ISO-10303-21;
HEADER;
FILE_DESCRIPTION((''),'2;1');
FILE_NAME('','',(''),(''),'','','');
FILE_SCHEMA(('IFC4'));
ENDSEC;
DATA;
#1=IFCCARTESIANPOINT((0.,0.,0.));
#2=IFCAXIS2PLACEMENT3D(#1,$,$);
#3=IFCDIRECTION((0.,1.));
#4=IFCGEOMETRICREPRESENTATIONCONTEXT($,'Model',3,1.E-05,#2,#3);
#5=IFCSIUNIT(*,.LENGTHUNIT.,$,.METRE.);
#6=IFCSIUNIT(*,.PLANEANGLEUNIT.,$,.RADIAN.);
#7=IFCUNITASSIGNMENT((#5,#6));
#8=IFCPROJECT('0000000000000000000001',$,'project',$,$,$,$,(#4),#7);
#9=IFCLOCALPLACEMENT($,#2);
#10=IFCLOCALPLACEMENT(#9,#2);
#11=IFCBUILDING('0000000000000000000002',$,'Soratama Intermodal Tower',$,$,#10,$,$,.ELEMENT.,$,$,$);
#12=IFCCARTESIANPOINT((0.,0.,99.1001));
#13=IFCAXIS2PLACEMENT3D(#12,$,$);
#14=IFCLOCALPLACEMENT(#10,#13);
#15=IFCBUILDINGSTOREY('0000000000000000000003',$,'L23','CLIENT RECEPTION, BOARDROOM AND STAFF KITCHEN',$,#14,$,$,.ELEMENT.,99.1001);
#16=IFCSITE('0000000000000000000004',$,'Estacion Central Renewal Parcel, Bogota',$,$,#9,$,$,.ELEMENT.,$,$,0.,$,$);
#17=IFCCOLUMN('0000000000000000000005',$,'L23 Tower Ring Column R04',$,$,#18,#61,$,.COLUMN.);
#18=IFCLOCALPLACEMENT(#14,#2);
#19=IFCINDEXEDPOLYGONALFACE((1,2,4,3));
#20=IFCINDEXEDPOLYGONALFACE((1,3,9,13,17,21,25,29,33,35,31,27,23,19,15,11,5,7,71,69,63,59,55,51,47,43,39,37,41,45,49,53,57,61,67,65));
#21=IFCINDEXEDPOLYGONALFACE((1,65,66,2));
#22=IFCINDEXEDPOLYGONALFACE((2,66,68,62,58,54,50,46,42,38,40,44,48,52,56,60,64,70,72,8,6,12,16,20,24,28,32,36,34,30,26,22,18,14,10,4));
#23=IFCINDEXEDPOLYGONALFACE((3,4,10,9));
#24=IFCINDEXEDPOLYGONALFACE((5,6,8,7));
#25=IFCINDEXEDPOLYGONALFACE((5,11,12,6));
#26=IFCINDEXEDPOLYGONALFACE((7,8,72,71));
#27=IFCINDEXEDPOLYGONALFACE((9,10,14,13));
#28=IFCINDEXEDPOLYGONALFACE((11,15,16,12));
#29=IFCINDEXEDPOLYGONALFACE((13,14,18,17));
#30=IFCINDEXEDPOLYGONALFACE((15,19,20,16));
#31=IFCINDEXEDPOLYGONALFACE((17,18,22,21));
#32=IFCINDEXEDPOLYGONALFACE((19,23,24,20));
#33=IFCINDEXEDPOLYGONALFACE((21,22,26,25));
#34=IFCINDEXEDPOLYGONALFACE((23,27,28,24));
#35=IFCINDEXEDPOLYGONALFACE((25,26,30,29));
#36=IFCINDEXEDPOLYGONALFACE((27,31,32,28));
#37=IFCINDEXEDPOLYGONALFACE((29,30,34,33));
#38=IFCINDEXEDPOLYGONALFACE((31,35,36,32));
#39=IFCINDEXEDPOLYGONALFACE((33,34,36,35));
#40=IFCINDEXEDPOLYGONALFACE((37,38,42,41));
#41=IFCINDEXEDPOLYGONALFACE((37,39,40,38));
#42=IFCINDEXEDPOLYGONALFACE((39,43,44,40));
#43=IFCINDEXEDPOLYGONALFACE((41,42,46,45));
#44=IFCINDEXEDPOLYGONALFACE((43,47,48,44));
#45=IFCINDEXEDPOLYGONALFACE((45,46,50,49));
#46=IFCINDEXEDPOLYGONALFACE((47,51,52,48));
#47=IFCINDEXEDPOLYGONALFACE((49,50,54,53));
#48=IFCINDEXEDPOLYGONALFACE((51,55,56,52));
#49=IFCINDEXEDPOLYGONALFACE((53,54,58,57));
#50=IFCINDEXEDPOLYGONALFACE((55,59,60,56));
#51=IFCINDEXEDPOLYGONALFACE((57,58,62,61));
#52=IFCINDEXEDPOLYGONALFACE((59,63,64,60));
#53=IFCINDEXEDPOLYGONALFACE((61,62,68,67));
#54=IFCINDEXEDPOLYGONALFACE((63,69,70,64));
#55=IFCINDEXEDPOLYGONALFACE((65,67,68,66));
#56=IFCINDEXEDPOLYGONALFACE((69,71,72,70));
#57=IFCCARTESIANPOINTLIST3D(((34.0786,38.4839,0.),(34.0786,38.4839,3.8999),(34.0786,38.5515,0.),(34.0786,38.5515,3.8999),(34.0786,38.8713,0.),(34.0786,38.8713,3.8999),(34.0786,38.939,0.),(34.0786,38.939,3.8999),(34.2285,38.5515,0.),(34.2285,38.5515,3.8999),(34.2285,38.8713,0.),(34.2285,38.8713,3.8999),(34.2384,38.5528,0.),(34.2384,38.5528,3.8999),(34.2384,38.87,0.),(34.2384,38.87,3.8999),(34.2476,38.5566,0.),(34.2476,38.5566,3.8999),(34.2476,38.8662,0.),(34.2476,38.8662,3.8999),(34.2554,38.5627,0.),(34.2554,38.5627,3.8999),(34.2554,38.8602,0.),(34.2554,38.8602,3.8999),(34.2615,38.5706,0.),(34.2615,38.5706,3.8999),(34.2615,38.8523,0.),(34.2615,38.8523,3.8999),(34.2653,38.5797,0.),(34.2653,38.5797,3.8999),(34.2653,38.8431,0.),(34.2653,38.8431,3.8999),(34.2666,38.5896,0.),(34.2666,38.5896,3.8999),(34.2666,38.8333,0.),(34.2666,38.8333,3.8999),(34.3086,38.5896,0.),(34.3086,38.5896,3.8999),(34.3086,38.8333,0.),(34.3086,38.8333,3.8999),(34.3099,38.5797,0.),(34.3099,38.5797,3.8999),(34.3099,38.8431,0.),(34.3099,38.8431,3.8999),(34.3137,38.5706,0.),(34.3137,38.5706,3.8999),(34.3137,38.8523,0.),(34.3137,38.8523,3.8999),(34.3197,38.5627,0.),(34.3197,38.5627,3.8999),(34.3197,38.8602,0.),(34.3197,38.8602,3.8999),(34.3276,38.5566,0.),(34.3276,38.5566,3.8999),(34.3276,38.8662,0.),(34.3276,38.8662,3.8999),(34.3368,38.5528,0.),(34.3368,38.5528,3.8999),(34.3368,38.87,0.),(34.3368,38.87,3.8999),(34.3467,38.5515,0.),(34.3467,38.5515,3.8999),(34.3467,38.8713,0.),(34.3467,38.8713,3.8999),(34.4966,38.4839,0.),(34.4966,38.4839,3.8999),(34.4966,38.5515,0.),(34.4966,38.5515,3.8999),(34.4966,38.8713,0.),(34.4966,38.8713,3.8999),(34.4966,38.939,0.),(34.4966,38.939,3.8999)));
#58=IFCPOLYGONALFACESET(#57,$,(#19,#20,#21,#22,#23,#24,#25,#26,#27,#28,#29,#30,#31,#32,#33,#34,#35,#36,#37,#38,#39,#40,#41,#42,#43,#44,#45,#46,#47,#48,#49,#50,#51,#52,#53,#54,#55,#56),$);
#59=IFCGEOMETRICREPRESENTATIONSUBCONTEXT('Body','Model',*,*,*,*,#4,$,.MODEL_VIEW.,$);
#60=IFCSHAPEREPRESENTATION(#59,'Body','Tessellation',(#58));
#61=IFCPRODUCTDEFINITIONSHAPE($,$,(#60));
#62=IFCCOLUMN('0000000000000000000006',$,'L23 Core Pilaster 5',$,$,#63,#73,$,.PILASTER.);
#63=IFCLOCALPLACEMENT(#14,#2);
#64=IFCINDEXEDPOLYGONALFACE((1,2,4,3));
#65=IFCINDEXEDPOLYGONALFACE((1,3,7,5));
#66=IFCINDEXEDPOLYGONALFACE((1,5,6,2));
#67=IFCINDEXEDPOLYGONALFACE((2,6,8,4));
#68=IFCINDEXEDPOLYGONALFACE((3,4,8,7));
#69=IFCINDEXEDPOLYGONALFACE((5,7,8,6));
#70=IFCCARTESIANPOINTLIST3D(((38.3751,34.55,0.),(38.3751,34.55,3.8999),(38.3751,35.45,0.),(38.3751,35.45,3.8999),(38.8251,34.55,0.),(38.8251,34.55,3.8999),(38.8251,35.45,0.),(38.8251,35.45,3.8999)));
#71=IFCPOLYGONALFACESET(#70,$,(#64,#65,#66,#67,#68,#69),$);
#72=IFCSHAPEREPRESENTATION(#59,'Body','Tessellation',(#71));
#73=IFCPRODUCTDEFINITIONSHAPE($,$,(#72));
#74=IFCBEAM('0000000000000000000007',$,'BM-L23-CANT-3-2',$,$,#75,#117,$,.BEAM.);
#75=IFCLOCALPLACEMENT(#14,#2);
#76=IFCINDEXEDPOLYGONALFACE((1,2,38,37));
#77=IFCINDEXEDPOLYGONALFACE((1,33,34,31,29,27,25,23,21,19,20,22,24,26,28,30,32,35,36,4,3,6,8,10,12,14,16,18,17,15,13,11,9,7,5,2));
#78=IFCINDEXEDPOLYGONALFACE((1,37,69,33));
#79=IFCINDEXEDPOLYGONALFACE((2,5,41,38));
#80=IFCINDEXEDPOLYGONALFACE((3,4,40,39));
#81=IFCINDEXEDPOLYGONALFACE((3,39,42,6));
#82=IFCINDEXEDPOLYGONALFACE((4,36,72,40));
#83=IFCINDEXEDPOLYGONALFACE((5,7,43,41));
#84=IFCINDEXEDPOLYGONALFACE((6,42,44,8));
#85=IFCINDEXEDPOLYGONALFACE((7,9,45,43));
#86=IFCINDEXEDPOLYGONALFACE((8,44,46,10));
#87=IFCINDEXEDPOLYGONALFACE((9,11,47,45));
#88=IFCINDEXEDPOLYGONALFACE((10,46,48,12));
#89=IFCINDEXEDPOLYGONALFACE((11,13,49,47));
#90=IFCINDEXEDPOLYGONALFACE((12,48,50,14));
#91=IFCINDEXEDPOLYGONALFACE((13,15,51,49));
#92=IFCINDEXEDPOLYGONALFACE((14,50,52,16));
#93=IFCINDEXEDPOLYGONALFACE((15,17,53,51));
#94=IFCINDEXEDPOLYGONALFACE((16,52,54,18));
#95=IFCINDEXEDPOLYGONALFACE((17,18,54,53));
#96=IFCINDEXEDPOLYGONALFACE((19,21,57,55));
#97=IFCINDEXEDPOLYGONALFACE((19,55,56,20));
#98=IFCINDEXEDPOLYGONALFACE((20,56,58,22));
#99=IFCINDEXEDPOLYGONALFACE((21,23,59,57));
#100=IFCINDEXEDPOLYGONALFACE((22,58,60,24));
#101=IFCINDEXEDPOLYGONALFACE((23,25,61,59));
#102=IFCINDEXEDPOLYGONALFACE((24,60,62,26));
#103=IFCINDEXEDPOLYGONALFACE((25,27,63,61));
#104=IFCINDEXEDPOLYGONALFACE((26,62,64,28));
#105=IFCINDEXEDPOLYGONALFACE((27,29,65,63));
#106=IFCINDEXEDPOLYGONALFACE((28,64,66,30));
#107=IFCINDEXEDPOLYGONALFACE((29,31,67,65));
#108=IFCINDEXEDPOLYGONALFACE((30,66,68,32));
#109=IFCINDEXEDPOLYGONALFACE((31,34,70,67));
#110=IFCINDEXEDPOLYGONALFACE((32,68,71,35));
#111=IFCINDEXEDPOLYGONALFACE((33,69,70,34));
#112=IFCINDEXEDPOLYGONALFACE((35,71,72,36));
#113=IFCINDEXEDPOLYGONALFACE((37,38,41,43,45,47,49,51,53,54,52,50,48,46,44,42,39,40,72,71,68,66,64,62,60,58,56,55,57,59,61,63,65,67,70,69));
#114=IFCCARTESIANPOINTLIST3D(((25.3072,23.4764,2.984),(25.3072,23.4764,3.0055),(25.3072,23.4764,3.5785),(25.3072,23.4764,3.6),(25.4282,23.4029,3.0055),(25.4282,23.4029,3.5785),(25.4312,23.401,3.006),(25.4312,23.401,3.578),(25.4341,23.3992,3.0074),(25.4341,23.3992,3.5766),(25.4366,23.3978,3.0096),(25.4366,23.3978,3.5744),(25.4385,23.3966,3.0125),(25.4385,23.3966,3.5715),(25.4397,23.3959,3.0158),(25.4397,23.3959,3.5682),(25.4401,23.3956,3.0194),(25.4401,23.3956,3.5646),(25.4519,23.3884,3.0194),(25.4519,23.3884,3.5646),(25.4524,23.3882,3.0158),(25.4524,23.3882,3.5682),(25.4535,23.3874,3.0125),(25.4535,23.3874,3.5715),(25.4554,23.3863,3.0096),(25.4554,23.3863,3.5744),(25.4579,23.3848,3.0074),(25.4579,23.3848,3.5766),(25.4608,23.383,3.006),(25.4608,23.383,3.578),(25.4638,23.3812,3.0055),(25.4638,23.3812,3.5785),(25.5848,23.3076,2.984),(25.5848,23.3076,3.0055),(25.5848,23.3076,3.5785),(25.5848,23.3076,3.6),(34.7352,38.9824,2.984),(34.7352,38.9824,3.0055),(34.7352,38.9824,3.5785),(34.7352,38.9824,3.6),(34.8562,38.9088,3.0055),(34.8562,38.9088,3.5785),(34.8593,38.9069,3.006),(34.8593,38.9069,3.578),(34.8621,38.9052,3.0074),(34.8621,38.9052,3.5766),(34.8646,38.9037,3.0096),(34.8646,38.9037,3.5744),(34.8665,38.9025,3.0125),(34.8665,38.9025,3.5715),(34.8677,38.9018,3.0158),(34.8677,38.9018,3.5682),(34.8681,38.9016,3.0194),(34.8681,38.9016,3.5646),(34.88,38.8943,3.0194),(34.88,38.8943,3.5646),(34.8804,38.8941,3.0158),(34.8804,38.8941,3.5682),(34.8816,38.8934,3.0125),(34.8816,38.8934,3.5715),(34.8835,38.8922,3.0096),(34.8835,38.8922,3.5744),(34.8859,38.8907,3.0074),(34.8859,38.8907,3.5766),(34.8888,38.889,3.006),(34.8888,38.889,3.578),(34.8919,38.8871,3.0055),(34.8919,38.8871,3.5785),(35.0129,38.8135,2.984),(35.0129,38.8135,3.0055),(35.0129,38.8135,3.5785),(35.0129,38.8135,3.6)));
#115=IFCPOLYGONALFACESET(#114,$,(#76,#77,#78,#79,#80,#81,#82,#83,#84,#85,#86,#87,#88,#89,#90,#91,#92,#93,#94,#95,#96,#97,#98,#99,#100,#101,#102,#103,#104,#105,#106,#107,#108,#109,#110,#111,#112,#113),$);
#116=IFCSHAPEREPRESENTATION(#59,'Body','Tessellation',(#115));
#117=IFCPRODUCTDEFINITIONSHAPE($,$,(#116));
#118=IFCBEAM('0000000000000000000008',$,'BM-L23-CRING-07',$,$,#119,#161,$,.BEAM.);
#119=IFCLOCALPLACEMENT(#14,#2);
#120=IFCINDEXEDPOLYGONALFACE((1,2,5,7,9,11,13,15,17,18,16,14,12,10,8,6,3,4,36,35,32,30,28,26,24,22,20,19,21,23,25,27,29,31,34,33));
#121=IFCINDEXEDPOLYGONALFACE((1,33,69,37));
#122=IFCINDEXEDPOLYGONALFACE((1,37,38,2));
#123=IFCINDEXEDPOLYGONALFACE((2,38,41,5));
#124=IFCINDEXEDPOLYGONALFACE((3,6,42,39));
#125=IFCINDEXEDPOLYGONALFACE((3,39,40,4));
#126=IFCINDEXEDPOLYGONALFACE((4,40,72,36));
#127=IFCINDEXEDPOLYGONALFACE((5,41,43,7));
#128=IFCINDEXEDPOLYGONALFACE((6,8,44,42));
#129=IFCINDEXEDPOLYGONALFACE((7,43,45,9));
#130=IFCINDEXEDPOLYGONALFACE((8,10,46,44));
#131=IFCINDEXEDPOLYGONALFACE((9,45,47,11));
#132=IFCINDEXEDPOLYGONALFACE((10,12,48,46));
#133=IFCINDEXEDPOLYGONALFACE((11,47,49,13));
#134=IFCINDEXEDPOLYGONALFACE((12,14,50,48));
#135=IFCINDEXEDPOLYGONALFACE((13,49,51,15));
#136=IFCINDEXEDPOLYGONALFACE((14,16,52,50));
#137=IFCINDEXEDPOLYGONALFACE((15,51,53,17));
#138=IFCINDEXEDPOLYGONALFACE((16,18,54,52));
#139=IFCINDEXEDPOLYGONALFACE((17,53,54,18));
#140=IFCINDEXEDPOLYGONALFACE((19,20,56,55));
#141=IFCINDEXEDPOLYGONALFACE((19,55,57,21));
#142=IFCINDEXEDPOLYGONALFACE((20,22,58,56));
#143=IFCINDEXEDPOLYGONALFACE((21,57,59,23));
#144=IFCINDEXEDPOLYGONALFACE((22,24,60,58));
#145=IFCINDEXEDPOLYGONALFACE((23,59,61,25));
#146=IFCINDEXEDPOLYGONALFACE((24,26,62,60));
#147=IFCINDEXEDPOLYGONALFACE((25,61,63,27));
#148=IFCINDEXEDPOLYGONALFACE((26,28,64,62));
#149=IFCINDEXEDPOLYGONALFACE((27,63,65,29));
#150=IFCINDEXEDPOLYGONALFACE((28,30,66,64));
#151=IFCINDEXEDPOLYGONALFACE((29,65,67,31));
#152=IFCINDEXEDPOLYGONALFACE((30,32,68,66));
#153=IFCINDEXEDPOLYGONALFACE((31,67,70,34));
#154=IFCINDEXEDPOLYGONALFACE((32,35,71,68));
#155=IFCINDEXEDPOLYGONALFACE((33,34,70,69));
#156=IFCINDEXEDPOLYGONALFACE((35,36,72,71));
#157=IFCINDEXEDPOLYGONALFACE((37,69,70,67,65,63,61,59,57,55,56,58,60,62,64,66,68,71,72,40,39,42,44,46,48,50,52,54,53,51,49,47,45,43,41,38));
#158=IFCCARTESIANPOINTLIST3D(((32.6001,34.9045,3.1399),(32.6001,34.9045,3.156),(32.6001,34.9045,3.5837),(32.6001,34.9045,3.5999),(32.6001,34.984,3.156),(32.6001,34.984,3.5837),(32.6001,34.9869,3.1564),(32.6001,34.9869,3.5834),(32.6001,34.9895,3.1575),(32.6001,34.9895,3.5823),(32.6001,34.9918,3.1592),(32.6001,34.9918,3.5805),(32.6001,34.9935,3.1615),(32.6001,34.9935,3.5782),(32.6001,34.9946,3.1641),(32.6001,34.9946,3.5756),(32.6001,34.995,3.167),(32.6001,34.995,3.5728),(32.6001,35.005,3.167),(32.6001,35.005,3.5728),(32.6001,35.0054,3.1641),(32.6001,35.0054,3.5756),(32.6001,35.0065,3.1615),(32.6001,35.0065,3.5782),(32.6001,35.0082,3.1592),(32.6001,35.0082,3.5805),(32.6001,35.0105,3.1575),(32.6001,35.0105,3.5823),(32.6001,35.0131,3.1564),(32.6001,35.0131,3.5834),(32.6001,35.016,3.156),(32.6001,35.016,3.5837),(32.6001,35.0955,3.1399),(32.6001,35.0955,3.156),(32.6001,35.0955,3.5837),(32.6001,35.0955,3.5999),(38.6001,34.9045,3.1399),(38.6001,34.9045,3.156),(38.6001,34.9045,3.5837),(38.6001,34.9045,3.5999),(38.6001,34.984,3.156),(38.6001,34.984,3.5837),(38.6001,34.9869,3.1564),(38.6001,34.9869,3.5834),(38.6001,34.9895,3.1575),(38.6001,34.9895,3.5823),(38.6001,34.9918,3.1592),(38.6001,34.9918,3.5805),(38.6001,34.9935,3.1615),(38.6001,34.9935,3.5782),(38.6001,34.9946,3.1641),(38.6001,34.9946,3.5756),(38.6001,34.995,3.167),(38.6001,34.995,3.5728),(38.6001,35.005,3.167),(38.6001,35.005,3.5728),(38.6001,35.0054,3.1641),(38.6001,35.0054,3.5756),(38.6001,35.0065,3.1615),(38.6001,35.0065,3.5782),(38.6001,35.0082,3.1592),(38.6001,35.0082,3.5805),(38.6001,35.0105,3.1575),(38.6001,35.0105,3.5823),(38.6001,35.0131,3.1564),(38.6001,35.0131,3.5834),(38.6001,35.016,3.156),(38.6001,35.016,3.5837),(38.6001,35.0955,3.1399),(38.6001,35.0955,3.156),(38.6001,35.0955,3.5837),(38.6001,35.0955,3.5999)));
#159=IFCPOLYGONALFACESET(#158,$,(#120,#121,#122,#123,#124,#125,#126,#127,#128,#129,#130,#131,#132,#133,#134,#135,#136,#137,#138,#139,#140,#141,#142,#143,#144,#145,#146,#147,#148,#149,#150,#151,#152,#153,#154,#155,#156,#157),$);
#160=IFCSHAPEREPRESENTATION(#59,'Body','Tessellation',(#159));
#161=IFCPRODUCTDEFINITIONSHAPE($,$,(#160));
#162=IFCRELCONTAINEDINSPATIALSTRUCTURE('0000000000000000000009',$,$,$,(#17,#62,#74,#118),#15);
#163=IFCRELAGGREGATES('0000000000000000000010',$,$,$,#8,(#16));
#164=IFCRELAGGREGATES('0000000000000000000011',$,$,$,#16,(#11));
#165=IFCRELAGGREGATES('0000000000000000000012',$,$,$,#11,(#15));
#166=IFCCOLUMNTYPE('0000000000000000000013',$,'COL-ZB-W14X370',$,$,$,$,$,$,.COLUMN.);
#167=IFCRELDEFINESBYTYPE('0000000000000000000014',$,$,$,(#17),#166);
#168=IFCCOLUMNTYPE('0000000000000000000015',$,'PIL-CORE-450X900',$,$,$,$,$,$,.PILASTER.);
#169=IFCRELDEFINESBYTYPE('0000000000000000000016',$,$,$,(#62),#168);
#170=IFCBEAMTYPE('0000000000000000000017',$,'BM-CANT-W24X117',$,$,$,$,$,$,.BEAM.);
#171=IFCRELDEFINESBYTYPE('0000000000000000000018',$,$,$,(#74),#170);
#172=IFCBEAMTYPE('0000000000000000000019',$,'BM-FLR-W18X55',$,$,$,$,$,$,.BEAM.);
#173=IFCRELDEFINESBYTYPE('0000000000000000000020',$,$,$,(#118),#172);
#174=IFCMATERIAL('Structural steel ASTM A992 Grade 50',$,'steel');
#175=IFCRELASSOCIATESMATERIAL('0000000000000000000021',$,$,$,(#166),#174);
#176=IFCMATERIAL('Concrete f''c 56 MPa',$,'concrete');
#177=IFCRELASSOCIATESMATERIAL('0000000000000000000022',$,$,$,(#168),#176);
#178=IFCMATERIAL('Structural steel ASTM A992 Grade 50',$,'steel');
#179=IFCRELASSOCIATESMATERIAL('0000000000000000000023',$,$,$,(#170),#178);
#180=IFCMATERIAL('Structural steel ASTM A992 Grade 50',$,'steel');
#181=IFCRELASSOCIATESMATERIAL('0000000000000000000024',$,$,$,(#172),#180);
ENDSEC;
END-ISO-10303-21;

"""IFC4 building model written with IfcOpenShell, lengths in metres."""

from ifc_helpers import new_model, si_unit, direction, frame, origin, origin_2d, place, context, subcontext, project, spatial, rectangle, i_section, extrude, material, material_profile, profile_set, type_object, element, save


model = new_model("IFC4")

# Units and contexts
model_context = context("Model", 3, precision=1e-05, world=origin(), true_north=direction((0.0, 1.0)))
body_context = subcontext(model_context, "Body", "Model", "MODEL_VIEW")
ifc_project = project(units=[si_unit("LENGTHUNIT", "METRE"), si_unit("PLANEANGLEUNIT", "RADIAN")], contexts=[model_context])

# Site, building, storey
site_placement = place(None, origin())
site = spatial("IfcSite", under=ifc_project, at=site_placement, Name="Estacion Central Renewal Parcel, Bogota", CompositionType="ELEMENT", RefElevation=0.0)
building_placement = place(site_placement, origin())
building = spatial("IfcBuilding", under=site, at=building_placement, Name="Soratama Intermodal Tower", CompositionType="ELEMENT")
storey_placement = place(building_placement, frame((0.0, 0.0, 99.1001)))
storey = spatial("IfcBuildingStorey", under=building, at=storey_placement, Name="L23", Description="CLIENT RECEPTION, BOARDROOM AND STAFF KITCHEN", CompositionType="ELEMENT", Elevation=99.1001)

# Columns
ifc_material_1 = material(Name="Structural steel ASTM A992 Grade 50", Category="steel")
ifc_material_profile_1 = material_profile(ifc_material_1, i_section(OverallWidth=0.418, OverallDepth=0.4551, WebThickness=0.042, FlangeThickness=0.0676, FilletRadius=0.0381, at=origin_2d()), Name="W14X370")
ifc_profile_set_1 = profile_set([ifc_material_profile_1], Name="Structural steel ASTM A992 Grade 50")
column_type_1 = type_object("IfcColumnType", Name="COL-ZB-W14X370", PredefinedType="COLUMN", material=ifc_profile_set_1)
column_1_placement = place(storey_placement, frame((34.2876, 38.7114, 0.0), z_axis=(0.0, 0.0, 1.0), x_axis=(1.0, 0.0, 0.0)))
element("IfcColumn", 1, at=column_1_placement, inside=storey, type_object=column_type_1, Name="L23 Tower Ring Column R04", PredefinedType="COLUMN", context=body_context, shape_type="SweptSolid", body=[
    extrude(i_section(OverallWidth=0.418, OverallDepth=0.4551, WebThickness=0.042, FlangeThickness=0.0676, FilletRadius=0.0381, at=origin_2d()), origin(), (0.0, 0.0, 1.0), 3.8999),
])
ifc_material_2 = material(Name="Concrete f'c 56 MPa", Category="concrete")
ifc_material_profile_2 = material_profile(ifc_material_2, rectangle(XDim=0.45, YDim=0.8999, at=origin_2d()), Name="RC450X900")
ifc_profile_set_2 = profile_set([ifc_material_profile_2], Name="Concrete f'c 56 MPa")
column_type_2 = type_object("IfcColumnType", Name="PIL-CORE-450X900", PredefinedType="PILASTER", material=ifc_profile_set_2)
column_2_placement = place(storey_placement, frame((38.6001, 35.0, 0.0), z_axis=(0.0, 0.0, 1.0), x_axis=(1.0, 0.0, 0.0)))
element("IfcColumn", 2, at=column_2_placement, inside=storey, type_object=column_type_2, Name="L23 Core Pilaster 5", PredefinedType="PILASTER", context=body_context, shape_type="SweptSolid", body=[
    extrude(rectangle(XDim=0.45, YDim=0.8999, at=origin_2d()), origin(), (0.0, 0.0, 1.0), 3.8999),
])

# Beams
ifc_material_3 = material(Name="Structural steel ASTM A992 Grade 50", Category="steel")
ifc_material_profile_3 = material_profile(ifc_material_3, i_section(OverallWidth=0.325, OverallDepth=0.616, WebThickness=0.0139, FlangeThickness=0.0215, FilletRadius=0.0139, at=origin_2d()), Name="W24X117")
ifc_profile_set_3 = profile_set([ifc_material_profile_3], Name="Structural steel ASTM A992 Grade 50")
beam_type_1 = type_object("IfcBeamType", Name="BM-CANT-W24X117", PredefinedType="BEAM", material=ifc_profile_set_3)
beam_1_placement = place(storey_placement, frame((34.874, 38.8979, 3.292), z_axis=(-0.51953, -0.854452, 0.0), x_axis=(0.854452, -0.51953, 0.0)))
element("IfcBeam", 3, at=beam_1_placement, inside=storey, type_object=beam_type_1, Name="BM-L23-CANT-3-2", PredefinedType="BEAM", context=body_context, shape_type="SweptSolid", body=[
    extrude(i_section(OverallWidth=0.325, OverallDepth=0.616, WebThickness=0.0139, FlangeThickness=0.0215, FilletRadius=0.0139, at=origin_2d()), origin(), (0.0, 0.0, 1.0), 18.1472),
])
ifc_material_4 = material(Name="Structural steel ASTM A992 Grade 50", Category="steel")
ifc_material_profile_4 = material_profile(ifc_material_4, i_section(OverallWidth=0.1909, OverallDepth=0.46, WebThickness=0.01, FlangeThickness=0.0161, FilletRadius=0.011, at=origin_2d()), Name="W18X55")
ifc_profile_set_4 = profile_set([ifc_material_profile_4], Name="Structural steel ASTM A992 Grade 50")
beam_type_2 = type_object("IfcBeamType", Name="BM-FLR-W18X55", PredefinedType="BEAM", material=ifc_profile_set_4)
beam_2_placement = place(storey_placement, frame((38.6001, 35.0, 3.3699), z_axis=(-1.0, 0.0, 0.0), x_axis=(0.0, -1.0, 0.0)))
element("IfcBeam", 4, at=beam_2_placement, inside=storey, type_object=beam_type_2, Name="BM-L23-CRING-07", PredefinedType="BEAM", context=body_context, shape_type="SweptSolid", body=[
    extrude(i_section(OverallWidth=0.1909, OverallDepth=0.46, WebThickness=0.01, FlangeThickness=0.0161, FilletRadius=0.011, at=origin_2d()), origin(), (0.0, 0.0, 1.0), 6.0),
])

save(model, "model.ifc")
